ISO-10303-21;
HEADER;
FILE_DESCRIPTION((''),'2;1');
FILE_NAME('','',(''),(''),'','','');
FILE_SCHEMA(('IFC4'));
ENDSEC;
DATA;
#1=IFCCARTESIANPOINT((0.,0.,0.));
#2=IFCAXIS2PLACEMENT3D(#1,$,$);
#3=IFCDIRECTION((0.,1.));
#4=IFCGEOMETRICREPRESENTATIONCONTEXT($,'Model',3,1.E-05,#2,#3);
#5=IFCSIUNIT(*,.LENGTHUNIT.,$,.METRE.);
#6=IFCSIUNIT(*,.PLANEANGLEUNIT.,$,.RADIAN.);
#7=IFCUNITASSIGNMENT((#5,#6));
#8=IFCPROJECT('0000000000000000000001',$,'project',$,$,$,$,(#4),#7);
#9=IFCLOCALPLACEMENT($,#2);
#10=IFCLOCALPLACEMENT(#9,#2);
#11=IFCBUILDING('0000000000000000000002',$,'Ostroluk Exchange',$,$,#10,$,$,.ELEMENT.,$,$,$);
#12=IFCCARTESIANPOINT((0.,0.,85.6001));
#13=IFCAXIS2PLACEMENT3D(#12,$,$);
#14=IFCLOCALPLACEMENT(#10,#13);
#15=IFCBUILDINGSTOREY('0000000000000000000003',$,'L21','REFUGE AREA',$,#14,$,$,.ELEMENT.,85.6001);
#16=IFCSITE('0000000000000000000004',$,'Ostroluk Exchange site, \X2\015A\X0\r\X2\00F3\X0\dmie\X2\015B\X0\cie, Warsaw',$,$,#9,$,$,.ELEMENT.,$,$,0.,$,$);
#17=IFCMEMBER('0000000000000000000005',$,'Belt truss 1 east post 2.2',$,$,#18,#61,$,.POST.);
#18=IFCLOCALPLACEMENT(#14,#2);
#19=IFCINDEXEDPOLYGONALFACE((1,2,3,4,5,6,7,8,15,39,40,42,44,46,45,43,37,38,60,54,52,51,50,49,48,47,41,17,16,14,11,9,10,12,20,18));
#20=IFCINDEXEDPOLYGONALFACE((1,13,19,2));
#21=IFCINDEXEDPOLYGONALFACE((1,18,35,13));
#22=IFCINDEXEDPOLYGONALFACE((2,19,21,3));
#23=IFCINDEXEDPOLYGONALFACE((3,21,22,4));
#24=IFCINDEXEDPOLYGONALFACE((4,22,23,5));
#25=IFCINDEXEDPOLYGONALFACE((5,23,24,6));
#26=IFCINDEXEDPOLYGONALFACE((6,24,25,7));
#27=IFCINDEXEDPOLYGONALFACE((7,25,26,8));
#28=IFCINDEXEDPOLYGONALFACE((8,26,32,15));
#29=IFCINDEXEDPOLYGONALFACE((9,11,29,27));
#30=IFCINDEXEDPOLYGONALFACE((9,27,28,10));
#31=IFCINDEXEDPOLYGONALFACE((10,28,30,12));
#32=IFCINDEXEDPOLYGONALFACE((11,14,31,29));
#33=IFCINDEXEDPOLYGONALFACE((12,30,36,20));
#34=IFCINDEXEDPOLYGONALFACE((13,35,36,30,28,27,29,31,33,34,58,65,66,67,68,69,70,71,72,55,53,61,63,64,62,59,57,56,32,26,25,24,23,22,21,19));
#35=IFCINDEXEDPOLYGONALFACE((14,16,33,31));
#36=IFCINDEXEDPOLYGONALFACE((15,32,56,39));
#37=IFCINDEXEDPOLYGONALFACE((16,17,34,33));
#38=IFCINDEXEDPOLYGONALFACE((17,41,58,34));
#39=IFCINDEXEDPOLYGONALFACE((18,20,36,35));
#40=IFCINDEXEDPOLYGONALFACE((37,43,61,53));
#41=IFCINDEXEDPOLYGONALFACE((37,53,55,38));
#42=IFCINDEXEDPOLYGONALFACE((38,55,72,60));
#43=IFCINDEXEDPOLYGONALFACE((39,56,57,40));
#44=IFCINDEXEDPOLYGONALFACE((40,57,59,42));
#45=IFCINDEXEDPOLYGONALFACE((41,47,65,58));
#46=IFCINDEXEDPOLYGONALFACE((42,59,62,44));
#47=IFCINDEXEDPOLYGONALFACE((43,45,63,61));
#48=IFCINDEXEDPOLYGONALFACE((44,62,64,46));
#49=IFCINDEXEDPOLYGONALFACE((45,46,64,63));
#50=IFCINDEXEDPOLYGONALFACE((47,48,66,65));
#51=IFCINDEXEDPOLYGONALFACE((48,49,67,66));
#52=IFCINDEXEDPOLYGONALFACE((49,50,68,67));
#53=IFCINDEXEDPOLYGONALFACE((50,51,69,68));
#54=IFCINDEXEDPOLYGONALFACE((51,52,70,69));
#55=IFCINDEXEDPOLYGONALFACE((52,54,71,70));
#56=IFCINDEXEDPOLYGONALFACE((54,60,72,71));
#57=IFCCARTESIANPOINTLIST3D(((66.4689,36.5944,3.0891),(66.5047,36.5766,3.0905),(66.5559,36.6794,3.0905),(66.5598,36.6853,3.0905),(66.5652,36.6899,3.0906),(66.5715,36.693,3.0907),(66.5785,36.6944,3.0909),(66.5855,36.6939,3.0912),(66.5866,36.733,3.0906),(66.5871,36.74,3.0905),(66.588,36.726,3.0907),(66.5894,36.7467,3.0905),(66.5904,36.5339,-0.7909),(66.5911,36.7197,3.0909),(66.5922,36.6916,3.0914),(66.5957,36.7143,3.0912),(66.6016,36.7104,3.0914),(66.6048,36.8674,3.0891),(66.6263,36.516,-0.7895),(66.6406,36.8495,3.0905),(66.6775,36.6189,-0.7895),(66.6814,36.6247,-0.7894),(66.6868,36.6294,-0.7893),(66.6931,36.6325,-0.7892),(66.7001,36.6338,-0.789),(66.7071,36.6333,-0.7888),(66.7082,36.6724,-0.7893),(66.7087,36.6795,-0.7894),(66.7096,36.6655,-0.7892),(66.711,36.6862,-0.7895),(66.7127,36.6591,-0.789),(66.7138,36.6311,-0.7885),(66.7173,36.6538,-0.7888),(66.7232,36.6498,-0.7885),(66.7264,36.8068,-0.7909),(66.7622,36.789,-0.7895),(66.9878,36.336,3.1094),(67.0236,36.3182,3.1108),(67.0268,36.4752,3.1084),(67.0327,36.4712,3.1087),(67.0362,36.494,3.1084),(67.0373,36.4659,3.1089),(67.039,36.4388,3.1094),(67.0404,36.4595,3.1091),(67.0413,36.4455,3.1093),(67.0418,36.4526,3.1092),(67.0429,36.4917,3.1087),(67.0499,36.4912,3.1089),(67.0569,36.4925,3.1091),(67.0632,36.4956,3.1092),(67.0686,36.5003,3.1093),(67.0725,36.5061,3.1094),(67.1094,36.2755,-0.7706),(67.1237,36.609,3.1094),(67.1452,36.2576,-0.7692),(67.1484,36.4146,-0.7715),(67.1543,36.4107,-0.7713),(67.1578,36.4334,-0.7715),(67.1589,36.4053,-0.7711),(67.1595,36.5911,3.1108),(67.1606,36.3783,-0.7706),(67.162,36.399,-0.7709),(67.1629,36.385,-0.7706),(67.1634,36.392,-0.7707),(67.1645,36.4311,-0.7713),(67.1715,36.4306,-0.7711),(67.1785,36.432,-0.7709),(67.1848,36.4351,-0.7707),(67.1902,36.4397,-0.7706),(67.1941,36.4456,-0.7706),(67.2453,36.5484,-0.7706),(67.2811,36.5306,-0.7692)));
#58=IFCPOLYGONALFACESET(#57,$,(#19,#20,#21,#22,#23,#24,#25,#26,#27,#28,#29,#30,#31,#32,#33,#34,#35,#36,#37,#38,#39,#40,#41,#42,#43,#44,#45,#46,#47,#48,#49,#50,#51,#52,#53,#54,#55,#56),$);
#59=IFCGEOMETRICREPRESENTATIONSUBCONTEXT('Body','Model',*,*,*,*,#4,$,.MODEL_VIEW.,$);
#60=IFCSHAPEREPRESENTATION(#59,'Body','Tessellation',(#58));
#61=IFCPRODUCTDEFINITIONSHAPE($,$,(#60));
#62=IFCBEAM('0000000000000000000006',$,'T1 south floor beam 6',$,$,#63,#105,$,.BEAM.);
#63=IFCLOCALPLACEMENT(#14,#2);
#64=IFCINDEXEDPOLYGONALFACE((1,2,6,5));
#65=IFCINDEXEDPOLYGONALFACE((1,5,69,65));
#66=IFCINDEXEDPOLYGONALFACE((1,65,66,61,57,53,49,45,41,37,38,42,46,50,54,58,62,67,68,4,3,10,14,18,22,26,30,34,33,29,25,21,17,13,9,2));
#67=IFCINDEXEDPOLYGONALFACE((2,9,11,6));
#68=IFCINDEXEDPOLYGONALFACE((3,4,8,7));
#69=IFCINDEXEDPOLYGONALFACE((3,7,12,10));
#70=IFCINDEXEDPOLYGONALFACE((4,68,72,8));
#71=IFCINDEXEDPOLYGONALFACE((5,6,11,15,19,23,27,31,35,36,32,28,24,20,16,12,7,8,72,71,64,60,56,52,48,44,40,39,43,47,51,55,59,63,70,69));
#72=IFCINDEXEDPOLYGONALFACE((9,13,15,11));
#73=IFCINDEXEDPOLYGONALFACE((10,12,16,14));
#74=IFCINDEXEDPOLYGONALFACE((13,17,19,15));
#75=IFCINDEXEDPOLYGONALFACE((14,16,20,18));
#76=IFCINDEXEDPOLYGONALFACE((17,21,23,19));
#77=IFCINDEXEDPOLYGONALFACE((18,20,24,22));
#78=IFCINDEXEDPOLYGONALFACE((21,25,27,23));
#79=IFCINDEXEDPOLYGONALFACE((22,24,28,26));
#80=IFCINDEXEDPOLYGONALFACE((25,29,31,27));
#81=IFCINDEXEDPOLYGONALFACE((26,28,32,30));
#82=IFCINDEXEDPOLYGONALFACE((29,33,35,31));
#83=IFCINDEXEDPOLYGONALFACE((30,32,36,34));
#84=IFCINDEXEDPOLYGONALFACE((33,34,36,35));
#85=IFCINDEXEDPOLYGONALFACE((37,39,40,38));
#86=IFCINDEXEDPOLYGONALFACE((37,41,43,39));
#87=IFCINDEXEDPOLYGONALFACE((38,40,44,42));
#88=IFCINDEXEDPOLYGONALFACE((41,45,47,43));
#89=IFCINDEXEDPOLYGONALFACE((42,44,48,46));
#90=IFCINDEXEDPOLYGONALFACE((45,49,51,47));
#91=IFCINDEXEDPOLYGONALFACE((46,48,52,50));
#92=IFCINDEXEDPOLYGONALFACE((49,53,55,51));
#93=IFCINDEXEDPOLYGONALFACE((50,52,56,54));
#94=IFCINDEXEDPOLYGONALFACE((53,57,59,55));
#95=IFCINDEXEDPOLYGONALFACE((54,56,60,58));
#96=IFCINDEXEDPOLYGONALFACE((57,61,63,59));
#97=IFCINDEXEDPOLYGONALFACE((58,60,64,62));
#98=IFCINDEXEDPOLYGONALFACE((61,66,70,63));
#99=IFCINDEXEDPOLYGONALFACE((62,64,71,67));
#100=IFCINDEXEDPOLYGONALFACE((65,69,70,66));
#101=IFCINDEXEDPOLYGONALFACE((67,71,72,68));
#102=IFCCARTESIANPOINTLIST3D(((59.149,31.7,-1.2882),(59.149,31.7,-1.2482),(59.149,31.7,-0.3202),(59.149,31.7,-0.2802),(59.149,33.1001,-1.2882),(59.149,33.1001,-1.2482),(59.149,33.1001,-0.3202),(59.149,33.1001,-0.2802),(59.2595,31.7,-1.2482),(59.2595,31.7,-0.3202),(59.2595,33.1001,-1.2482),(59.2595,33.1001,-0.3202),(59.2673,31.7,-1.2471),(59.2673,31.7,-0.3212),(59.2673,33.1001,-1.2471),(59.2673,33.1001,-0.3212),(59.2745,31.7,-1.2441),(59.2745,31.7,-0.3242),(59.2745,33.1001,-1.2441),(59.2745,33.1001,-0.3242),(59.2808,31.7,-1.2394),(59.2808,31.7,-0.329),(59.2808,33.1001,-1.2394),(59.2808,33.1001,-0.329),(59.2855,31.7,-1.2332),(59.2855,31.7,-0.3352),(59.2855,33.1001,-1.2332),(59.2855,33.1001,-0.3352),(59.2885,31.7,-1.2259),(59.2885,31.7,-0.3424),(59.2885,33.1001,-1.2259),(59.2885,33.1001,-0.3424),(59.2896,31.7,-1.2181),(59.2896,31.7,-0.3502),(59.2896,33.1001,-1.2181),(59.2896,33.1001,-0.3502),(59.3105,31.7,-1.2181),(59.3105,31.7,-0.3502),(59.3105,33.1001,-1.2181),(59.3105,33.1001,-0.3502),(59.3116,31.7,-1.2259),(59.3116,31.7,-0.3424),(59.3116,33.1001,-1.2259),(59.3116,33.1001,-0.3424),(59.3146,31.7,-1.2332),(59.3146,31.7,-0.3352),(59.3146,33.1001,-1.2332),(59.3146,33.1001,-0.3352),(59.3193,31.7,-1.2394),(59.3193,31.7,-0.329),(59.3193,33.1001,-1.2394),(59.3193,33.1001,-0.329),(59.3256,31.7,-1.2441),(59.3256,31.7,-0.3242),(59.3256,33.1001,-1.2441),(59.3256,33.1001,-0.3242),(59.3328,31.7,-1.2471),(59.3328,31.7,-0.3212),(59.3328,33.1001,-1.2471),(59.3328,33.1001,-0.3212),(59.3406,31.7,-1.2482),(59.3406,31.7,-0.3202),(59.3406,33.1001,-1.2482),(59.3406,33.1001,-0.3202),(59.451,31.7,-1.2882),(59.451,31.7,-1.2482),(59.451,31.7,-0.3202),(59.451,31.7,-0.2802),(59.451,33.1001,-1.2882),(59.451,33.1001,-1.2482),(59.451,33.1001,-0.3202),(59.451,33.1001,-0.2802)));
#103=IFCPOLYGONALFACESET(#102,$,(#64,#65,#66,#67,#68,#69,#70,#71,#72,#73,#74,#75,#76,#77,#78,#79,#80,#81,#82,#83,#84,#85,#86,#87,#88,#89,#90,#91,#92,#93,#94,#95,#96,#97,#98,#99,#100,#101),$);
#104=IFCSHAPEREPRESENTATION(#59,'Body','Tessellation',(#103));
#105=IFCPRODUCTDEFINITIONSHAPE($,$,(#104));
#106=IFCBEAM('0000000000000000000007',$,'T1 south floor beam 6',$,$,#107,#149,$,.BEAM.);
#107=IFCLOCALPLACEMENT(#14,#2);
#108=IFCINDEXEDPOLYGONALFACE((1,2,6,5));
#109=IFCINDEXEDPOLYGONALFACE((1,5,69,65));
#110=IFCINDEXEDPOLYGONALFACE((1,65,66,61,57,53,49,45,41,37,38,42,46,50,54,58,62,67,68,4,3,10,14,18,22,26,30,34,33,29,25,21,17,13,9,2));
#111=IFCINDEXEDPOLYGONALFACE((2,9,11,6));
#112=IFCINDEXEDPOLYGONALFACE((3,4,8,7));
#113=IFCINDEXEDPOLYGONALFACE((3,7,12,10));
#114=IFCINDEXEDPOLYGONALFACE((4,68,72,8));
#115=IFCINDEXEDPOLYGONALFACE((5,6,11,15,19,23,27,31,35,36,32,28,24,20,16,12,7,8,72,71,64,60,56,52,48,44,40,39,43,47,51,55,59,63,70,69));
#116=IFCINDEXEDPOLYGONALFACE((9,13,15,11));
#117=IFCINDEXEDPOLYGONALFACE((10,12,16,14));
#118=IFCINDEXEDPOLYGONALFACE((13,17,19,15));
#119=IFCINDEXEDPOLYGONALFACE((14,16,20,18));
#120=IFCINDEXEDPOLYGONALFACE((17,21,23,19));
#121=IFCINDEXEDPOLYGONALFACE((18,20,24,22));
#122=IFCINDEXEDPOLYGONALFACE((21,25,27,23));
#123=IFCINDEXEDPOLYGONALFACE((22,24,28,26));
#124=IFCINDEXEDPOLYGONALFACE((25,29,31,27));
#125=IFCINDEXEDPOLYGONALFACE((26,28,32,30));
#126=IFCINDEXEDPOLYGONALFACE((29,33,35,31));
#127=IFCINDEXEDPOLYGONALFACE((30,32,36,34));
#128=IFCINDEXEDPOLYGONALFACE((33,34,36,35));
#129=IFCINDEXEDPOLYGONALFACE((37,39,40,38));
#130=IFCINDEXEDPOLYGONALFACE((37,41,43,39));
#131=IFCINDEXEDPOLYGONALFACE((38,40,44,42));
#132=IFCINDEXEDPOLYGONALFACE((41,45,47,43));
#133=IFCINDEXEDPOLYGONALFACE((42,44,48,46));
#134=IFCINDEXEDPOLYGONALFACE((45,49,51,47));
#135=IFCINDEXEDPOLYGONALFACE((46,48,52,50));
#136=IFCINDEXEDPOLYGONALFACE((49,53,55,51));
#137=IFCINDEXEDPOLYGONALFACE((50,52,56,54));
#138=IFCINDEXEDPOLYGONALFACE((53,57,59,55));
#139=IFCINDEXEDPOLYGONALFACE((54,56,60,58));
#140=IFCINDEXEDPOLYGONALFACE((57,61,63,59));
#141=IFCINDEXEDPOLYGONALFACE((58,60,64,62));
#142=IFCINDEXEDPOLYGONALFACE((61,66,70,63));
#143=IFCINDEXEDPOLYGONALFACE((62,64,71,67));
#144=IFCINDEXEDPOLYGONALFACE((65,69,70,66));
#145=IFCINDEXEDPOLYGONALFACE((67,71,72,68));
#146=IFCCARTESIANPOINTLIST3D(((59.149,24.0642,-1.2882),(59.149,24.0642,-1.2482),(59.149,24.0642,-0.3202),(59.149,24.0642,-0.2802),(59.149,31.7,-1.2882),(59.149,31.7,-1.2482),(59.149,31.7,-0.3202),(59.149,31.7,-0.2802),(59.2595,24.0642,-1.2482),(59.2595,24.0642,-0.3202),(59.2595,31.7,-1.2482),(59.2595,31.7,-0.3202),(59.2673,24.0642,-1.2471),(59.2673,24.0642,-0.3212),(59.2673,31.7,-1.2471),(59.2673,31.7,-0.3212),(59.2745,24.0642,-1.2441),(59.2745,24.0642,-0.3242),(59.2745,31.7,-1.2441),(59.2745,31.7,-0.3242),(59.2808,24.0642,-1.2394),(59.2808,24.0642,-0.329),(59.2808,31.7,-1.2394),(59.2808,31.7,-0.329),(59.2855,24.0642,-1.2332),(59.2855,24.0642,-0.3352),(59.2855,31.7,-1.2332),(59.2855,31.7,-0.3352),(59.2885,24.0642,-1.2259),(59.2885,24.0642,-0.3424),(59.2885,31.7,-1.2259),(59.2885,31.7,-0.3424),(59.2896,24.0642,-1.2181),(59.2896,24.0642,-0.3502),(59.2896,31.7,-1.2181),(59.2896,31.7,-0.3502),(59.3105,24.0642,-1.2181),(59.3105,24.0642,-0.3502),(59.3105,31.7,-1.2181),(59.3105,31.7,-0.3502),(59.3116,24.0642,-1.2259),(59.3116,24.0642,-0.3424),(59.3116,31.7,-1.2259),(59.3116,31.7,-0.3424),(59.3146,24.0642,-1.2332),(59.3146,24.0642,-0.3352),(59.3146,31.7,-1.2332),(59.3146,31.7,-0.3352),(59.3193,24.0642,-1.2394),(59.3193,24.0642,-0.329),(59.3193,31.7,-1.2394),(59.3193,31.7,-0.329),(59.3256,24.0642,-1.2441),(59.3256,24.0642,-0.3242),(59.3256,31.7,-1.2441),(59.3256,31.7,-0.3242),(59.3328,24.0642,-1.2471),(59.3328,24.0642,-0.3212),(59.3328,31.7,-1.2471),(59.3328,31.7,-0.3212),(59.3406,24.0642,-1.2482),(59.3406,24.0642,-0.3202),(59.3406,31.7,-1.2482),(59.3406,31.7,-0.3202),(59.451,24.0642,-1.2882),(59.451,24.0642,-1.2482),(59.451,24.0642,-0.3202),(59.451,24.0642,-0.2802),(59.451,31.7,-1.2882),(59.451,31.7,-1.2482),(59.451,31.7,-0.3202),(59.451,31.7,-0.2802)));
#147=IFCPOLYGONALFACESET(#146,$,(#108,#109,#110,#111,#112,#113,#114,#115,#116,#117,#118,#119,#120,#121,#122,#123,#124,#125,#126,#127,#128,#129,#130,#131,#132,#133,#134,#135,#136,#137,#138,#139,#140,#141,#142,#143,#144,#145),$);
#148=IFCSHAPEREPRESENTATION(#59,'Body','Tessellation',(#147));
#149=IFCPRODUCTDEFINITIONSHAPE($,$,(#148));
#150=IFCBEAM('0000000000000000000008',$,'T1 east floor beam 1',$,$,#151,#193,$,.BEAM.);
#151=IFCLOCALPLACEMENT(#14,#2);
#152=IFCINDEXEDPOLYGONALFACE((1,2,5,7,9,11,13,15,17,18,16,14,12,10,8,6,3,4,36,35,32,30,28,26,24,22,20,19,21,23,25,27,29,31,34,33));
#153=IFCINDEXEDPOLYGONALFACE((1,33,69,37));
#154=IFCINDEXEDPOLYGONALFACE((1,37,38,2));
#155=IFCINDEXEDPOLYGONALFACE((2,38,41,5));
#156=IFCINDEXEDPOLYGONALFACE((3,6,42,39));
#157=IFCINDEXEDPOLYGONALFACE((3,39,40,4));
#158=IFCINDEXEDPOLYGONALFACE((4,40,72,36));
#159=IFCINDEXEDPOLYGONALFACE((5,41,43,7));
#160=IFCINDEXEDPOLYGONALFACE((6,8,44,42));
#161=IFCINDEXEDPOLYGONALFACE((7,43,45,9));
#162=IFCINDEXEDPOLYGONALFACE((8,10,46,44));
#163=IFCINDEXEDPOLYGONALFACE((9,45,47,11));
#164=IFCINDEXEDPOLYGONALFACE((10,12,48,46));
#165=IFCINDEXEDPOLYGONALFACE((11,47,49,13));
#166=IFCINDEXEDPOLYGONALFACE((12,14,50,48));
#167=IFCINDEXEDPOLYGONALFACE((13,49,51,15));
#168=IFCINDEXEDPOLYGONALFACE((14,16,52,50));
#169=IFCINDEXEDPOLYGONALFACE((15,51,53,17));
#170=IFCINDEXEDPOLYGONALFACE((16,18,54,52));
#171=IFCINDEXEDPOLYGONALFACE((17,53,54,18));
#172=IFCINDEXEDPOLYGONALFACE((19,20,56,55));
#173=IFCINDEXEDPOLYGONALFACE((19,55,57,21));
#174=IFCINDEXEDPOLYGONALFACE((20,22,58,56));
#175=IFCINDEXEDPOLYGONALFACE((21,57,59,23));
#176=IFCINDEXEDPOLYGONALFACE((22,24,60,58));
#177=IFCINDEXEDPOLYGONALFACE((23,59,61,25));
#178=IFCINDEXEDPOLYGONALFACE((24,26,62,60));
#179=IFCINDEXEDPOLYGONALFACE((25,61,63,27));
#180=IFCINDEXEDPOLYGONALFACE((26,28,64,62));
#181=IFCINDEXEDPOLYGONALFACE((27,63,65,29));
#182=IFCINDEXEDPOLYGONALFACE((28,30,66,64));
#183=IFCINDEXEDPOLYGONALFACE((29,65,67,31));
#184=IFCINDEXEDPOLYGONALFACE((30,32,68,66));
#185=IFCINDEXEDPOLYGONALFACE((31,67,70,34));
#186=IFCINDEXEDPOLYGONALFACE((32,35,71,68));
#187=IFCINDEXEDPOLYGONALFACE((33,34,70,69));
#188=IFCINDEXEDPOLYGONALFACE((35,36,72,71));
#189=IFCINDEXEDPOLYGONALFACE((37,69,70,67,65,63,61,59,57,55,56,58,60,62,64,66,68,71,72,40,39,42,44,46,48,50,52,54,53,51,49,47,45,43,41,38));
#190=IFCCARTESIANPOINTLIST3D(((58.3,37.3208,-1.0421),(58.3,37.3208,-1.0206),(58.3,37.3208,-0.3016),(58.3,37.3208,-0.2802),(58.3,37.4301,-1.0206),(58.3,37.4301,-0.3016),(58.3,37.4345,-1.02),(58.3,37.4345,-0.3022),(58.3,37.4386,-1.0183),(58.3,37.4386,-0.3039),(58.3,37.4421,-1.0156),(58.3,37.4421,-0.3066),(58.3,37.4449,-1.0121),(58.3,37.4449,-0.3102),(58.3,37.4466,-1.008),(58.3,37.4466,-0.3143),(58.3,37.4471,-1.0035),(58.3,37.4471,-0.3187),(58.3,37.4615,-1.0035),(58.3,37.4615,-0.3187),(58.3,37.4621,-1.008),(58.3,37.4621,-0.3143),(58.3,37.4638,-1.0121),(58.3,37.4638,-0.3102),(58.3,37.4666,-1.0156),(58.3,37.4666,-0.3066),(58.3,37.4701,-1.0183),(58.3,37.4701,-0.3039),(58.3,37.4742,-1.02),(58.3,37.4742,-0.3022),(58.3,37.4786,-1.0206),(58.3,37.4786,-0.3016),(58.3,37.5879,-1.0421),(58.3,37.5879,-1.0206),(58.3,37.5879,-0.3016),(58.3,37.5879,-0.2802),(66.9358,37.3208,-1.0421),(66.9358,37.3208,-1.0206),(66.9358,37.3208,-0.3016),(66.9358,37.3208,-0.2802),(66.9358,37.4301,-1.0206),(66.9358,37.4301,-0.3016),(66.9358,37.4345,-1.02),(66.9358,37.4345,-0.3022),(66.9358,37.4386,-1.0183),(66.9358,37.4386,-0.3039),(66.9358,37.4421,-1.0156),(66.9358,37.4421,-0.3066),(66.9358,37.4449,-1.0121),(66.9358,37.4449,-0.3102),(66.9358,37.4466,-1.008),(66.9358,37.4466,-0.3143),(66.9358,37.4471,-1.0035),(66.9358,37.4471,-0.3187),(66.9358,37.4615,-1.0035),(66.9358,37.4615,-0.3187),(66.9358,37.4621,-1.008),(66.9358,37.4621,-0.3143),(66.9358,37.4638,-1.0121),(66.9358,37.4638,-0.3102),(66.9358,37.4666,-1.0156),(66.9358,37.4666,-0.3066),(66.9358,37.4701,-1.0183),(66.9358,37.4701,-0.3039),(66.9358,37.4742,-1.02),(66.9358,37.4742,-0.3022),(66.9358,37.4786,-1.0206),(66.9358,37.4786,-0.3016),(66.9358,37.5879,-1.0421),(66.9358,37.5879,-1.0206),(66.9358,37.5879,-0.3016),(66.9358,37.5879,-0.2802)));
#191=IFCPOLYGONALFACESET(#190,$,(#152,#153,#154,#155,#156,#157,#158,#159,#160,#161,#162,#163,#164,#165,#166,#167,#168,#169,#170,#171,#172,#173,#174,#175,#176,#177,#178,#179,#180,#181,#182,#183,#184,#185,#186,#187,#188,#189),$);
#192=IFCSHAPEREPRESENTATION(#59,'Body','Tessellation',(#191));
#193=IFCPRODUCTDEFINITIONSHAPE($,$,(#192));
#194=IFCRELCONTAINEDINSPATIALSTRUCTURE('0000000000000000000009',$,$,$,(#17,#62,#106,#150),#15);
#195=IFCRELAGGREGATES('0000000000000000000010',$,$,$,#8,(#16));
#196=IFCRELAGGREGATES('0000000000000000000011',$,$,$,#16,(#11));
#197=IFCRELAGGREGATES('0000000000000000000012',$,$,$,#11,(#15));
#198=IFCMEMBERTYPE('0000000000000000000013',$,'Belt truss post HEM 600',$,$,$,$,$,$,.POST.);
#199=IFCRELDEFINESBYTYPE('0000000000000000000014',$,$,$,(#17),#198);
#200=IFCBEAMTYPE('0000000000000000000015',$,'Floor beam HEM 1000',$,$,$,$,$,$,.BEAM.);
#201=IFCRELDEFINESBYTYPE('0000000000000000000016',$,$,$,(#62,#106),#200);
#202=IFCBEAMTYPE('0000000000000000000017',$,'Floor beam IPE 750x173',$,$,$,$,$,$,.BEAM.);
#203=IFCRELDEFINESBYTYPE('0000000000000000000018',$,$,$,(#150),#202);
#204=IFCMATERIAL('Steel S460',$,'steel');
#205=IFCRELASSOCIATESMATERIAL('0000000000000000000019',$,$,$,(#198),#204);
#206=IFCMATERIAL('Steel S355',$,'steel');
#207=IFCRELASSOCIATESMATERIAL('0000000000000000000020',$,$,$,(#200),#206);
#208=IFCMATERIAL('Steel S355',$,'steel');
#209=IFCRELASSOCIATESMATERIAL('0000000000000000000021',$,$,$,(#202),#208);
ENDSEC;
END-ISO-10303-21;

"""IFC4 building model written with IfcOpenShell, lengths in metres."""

from ifc_helpers import new_model, si_unit, direction, frame, origin, origin_2d, place, context, subcontext, project, spatial, i_section, extrude, material, material_profile, profile_set, type_object, element, save


model = new_model("IFC4")

# Units and contexts
model_context = context("Model", 3, precision=1e-05, world=origin(), true_north=direction((0.0, 1.0)))
body_context = subcontext(model_context, "Body", "Model", "MODEL_VIEW")
ifc_project = project(units=[si_unit("LENGTHUNIT", "METRE"), si_unit("PLANEANGLEUNIT", "RADIAN")], contexts=[model_context])

# Site, building, storey
site_placement = place(None, origin())
site = spatial("IfcSite", under=ifc_project, at=site_placement, Name="Ostroluk Exchange site, Śródmieście, Warsaw", CompositionType="ELEMENT", RefElevation=0.0)
building_placement = place(site_placement, origin())
building = spatial("IfcBuilding", under=site, at=building_placement, Name="Ostroluk Exchange", CompositionType="ELEMENT")
storey_placement = place(building_placement, frame((0.0, 0.0, 85.6001)))
storey = spatial("IfcBuildingStorey", under=building, at=storey_placement, Name="L21", Description="REFUGE AREA", CompositionType="ELEMENT", Elevation=85.6001)

# Member
ifc_material_1 = material(Name="Steel S460", Category="steel")
ifc_material_profile_1 = material_profile(ifc_material_1, i_section(OverallWidth=0.3049, OverallDepth=0.6201, WebThickness=0.021, FlangeThickness=0.04, FilletRadius=0.0271, at=origin_2d()), Name="HEM 600")
ifc_profile_set_1 = profile_set([ifc_material_profile_1], Name="Steel S460")
member_type_1 = type_object("IfcMemberType", Name="Belt truss post HEM 600", PredefinedType="POST", material=ifc_profile_set_1)
member_1_placement = place(storey_placement, frame((66.9358, 36.5322, -0.78), z_axis=(-0.031317, 0.015596, 0.999388), x_axis=(-0.445775, -0.895145, 0.0)))
element("IfcMember", 1, at=member_1_placement, inside=storey, type_object=member_type_1, Name="Belt truss 1 east post 2.2", PredefinedType="POST", context=body_context, shape_type="SweptSolid", body=[
    extrude(i_section(OverallWidth=0.3049, OverallDepth=0.6201, WebThickness=0.021, FlangeThickness=0.04, FilletRadius=0.0271, at=origin_2d()), origin(), (0.0, 0.0, 1.0), 3.8823),
])

# Beams
ifc_material_2 = material(Name="Steel S355", Category="steel")
ifc_material_profile_2 = material_profile(ifc_material_2, i_section(OverallWidth=0.302, OverallDepth=1.0081, WebThickness=0.021, FlangeThickness=0.04, FilletRadius=0.03, at=origin_2d()), Name="HEM 1000")
ifc_profile_set_2 = profile_set([ifc_material_profile_2], Name="Steel S355")
beam_type_1 = type_object("IfcBeamType", Name="Floor beam HEM 1000", PredefinedType="BEAM", material=ifc_profile_set_2)
beam_1_placement = place(storey_placement, frame((59.3, 33.1001, -0.7842), z_axis=(0.0, -1.0, 0.0), x_axis=(1.0, 0.0, 0.0)))
element("IfcBeam", 2, at=beam_1_placement, inside=storey, type_object=beam_type_1, Name="T1 south floor beam 6", PredefinedType="BEAM", context=body_context, shape_type="SweptSolid", body=[
    extrude(i_section(OverallWidth=0.302, OverallDepth=1.0081, WebThickness=0.021, FlangeThickness=0.04, FilletRadius=0.03, at=origin_2d()), origin(), (0.0, 0.0, 1.0), 1.4001),
])
beam_2_placement = place(storey_placement, frame((59.3, 31.7, -0.7842), z_axis=(0.0, -1.0, 0.0), x_axis=(1.0, 0.0, 0.0)))
element("IfcBeam", 3, at=beam_2_placement, inside=storey, type_object=beam_type_1, Name="T1 south floor beam 6", PredefinedType="BEAM", context=body_context, shape_type="SweptSolid", body=[
    extrude(i_section(OverallWidth=0.302, OverallDepth=1.0081, WebThickness=0.021, FlangeThickness=0.04, FilletRadius=0.03, at=origin_2d()), origin(), (0.0, 0.0, 1.0), 7.6357),
])
ifc_material_3 = material(Name="Steel S355", Category="steel")
ifc_material_profile_3 = material_profile(ifc_material_3, i_section(OverallWidth=0.2671, OverallDepth=0.762, WebThickness=0.0144, FlangeThickness=0.0215, FilletRadius=0.0171, at=origin_2d()), Name="IPE 750x173")
ifc_profile_set_3 = profile_set([ifc_material_profile_3], Name="Steel S355")
beam_type_2 = type_object("IfcBeamType", Name="Floor beam IPE 750x173", PredefinedType="BEAM", material=ifc_profile_set_3)
for number, where, z_axis, x_axis, name in (
    (4, (58.3, 37.4543, -0.6611), (1.0, 0.0, 0.0), (0.0, 1.0, 0.0), "T1 east floor beam 1"),
):
    element("IfcBeam", number, at=place(storey_placement, frame(where, z_axis=z_axis, x_axis=x_axis)), inside=storey, type_object=beam_type_2, Name=name, PredefinedType="BEAM", context=body_context, shape_type="SweptSolid", body=[
        extrude(i_section(OverallWidth=0.2671, OverallDepth=0.762, WebThickness=0.0144, FlangeThickness=0.0215, FilletRadius=0.0171, at=origin_2d()), origin(), (0.0, 0.0, 1.0), 8.6357),
    ])

save(model, "model.ifc")
